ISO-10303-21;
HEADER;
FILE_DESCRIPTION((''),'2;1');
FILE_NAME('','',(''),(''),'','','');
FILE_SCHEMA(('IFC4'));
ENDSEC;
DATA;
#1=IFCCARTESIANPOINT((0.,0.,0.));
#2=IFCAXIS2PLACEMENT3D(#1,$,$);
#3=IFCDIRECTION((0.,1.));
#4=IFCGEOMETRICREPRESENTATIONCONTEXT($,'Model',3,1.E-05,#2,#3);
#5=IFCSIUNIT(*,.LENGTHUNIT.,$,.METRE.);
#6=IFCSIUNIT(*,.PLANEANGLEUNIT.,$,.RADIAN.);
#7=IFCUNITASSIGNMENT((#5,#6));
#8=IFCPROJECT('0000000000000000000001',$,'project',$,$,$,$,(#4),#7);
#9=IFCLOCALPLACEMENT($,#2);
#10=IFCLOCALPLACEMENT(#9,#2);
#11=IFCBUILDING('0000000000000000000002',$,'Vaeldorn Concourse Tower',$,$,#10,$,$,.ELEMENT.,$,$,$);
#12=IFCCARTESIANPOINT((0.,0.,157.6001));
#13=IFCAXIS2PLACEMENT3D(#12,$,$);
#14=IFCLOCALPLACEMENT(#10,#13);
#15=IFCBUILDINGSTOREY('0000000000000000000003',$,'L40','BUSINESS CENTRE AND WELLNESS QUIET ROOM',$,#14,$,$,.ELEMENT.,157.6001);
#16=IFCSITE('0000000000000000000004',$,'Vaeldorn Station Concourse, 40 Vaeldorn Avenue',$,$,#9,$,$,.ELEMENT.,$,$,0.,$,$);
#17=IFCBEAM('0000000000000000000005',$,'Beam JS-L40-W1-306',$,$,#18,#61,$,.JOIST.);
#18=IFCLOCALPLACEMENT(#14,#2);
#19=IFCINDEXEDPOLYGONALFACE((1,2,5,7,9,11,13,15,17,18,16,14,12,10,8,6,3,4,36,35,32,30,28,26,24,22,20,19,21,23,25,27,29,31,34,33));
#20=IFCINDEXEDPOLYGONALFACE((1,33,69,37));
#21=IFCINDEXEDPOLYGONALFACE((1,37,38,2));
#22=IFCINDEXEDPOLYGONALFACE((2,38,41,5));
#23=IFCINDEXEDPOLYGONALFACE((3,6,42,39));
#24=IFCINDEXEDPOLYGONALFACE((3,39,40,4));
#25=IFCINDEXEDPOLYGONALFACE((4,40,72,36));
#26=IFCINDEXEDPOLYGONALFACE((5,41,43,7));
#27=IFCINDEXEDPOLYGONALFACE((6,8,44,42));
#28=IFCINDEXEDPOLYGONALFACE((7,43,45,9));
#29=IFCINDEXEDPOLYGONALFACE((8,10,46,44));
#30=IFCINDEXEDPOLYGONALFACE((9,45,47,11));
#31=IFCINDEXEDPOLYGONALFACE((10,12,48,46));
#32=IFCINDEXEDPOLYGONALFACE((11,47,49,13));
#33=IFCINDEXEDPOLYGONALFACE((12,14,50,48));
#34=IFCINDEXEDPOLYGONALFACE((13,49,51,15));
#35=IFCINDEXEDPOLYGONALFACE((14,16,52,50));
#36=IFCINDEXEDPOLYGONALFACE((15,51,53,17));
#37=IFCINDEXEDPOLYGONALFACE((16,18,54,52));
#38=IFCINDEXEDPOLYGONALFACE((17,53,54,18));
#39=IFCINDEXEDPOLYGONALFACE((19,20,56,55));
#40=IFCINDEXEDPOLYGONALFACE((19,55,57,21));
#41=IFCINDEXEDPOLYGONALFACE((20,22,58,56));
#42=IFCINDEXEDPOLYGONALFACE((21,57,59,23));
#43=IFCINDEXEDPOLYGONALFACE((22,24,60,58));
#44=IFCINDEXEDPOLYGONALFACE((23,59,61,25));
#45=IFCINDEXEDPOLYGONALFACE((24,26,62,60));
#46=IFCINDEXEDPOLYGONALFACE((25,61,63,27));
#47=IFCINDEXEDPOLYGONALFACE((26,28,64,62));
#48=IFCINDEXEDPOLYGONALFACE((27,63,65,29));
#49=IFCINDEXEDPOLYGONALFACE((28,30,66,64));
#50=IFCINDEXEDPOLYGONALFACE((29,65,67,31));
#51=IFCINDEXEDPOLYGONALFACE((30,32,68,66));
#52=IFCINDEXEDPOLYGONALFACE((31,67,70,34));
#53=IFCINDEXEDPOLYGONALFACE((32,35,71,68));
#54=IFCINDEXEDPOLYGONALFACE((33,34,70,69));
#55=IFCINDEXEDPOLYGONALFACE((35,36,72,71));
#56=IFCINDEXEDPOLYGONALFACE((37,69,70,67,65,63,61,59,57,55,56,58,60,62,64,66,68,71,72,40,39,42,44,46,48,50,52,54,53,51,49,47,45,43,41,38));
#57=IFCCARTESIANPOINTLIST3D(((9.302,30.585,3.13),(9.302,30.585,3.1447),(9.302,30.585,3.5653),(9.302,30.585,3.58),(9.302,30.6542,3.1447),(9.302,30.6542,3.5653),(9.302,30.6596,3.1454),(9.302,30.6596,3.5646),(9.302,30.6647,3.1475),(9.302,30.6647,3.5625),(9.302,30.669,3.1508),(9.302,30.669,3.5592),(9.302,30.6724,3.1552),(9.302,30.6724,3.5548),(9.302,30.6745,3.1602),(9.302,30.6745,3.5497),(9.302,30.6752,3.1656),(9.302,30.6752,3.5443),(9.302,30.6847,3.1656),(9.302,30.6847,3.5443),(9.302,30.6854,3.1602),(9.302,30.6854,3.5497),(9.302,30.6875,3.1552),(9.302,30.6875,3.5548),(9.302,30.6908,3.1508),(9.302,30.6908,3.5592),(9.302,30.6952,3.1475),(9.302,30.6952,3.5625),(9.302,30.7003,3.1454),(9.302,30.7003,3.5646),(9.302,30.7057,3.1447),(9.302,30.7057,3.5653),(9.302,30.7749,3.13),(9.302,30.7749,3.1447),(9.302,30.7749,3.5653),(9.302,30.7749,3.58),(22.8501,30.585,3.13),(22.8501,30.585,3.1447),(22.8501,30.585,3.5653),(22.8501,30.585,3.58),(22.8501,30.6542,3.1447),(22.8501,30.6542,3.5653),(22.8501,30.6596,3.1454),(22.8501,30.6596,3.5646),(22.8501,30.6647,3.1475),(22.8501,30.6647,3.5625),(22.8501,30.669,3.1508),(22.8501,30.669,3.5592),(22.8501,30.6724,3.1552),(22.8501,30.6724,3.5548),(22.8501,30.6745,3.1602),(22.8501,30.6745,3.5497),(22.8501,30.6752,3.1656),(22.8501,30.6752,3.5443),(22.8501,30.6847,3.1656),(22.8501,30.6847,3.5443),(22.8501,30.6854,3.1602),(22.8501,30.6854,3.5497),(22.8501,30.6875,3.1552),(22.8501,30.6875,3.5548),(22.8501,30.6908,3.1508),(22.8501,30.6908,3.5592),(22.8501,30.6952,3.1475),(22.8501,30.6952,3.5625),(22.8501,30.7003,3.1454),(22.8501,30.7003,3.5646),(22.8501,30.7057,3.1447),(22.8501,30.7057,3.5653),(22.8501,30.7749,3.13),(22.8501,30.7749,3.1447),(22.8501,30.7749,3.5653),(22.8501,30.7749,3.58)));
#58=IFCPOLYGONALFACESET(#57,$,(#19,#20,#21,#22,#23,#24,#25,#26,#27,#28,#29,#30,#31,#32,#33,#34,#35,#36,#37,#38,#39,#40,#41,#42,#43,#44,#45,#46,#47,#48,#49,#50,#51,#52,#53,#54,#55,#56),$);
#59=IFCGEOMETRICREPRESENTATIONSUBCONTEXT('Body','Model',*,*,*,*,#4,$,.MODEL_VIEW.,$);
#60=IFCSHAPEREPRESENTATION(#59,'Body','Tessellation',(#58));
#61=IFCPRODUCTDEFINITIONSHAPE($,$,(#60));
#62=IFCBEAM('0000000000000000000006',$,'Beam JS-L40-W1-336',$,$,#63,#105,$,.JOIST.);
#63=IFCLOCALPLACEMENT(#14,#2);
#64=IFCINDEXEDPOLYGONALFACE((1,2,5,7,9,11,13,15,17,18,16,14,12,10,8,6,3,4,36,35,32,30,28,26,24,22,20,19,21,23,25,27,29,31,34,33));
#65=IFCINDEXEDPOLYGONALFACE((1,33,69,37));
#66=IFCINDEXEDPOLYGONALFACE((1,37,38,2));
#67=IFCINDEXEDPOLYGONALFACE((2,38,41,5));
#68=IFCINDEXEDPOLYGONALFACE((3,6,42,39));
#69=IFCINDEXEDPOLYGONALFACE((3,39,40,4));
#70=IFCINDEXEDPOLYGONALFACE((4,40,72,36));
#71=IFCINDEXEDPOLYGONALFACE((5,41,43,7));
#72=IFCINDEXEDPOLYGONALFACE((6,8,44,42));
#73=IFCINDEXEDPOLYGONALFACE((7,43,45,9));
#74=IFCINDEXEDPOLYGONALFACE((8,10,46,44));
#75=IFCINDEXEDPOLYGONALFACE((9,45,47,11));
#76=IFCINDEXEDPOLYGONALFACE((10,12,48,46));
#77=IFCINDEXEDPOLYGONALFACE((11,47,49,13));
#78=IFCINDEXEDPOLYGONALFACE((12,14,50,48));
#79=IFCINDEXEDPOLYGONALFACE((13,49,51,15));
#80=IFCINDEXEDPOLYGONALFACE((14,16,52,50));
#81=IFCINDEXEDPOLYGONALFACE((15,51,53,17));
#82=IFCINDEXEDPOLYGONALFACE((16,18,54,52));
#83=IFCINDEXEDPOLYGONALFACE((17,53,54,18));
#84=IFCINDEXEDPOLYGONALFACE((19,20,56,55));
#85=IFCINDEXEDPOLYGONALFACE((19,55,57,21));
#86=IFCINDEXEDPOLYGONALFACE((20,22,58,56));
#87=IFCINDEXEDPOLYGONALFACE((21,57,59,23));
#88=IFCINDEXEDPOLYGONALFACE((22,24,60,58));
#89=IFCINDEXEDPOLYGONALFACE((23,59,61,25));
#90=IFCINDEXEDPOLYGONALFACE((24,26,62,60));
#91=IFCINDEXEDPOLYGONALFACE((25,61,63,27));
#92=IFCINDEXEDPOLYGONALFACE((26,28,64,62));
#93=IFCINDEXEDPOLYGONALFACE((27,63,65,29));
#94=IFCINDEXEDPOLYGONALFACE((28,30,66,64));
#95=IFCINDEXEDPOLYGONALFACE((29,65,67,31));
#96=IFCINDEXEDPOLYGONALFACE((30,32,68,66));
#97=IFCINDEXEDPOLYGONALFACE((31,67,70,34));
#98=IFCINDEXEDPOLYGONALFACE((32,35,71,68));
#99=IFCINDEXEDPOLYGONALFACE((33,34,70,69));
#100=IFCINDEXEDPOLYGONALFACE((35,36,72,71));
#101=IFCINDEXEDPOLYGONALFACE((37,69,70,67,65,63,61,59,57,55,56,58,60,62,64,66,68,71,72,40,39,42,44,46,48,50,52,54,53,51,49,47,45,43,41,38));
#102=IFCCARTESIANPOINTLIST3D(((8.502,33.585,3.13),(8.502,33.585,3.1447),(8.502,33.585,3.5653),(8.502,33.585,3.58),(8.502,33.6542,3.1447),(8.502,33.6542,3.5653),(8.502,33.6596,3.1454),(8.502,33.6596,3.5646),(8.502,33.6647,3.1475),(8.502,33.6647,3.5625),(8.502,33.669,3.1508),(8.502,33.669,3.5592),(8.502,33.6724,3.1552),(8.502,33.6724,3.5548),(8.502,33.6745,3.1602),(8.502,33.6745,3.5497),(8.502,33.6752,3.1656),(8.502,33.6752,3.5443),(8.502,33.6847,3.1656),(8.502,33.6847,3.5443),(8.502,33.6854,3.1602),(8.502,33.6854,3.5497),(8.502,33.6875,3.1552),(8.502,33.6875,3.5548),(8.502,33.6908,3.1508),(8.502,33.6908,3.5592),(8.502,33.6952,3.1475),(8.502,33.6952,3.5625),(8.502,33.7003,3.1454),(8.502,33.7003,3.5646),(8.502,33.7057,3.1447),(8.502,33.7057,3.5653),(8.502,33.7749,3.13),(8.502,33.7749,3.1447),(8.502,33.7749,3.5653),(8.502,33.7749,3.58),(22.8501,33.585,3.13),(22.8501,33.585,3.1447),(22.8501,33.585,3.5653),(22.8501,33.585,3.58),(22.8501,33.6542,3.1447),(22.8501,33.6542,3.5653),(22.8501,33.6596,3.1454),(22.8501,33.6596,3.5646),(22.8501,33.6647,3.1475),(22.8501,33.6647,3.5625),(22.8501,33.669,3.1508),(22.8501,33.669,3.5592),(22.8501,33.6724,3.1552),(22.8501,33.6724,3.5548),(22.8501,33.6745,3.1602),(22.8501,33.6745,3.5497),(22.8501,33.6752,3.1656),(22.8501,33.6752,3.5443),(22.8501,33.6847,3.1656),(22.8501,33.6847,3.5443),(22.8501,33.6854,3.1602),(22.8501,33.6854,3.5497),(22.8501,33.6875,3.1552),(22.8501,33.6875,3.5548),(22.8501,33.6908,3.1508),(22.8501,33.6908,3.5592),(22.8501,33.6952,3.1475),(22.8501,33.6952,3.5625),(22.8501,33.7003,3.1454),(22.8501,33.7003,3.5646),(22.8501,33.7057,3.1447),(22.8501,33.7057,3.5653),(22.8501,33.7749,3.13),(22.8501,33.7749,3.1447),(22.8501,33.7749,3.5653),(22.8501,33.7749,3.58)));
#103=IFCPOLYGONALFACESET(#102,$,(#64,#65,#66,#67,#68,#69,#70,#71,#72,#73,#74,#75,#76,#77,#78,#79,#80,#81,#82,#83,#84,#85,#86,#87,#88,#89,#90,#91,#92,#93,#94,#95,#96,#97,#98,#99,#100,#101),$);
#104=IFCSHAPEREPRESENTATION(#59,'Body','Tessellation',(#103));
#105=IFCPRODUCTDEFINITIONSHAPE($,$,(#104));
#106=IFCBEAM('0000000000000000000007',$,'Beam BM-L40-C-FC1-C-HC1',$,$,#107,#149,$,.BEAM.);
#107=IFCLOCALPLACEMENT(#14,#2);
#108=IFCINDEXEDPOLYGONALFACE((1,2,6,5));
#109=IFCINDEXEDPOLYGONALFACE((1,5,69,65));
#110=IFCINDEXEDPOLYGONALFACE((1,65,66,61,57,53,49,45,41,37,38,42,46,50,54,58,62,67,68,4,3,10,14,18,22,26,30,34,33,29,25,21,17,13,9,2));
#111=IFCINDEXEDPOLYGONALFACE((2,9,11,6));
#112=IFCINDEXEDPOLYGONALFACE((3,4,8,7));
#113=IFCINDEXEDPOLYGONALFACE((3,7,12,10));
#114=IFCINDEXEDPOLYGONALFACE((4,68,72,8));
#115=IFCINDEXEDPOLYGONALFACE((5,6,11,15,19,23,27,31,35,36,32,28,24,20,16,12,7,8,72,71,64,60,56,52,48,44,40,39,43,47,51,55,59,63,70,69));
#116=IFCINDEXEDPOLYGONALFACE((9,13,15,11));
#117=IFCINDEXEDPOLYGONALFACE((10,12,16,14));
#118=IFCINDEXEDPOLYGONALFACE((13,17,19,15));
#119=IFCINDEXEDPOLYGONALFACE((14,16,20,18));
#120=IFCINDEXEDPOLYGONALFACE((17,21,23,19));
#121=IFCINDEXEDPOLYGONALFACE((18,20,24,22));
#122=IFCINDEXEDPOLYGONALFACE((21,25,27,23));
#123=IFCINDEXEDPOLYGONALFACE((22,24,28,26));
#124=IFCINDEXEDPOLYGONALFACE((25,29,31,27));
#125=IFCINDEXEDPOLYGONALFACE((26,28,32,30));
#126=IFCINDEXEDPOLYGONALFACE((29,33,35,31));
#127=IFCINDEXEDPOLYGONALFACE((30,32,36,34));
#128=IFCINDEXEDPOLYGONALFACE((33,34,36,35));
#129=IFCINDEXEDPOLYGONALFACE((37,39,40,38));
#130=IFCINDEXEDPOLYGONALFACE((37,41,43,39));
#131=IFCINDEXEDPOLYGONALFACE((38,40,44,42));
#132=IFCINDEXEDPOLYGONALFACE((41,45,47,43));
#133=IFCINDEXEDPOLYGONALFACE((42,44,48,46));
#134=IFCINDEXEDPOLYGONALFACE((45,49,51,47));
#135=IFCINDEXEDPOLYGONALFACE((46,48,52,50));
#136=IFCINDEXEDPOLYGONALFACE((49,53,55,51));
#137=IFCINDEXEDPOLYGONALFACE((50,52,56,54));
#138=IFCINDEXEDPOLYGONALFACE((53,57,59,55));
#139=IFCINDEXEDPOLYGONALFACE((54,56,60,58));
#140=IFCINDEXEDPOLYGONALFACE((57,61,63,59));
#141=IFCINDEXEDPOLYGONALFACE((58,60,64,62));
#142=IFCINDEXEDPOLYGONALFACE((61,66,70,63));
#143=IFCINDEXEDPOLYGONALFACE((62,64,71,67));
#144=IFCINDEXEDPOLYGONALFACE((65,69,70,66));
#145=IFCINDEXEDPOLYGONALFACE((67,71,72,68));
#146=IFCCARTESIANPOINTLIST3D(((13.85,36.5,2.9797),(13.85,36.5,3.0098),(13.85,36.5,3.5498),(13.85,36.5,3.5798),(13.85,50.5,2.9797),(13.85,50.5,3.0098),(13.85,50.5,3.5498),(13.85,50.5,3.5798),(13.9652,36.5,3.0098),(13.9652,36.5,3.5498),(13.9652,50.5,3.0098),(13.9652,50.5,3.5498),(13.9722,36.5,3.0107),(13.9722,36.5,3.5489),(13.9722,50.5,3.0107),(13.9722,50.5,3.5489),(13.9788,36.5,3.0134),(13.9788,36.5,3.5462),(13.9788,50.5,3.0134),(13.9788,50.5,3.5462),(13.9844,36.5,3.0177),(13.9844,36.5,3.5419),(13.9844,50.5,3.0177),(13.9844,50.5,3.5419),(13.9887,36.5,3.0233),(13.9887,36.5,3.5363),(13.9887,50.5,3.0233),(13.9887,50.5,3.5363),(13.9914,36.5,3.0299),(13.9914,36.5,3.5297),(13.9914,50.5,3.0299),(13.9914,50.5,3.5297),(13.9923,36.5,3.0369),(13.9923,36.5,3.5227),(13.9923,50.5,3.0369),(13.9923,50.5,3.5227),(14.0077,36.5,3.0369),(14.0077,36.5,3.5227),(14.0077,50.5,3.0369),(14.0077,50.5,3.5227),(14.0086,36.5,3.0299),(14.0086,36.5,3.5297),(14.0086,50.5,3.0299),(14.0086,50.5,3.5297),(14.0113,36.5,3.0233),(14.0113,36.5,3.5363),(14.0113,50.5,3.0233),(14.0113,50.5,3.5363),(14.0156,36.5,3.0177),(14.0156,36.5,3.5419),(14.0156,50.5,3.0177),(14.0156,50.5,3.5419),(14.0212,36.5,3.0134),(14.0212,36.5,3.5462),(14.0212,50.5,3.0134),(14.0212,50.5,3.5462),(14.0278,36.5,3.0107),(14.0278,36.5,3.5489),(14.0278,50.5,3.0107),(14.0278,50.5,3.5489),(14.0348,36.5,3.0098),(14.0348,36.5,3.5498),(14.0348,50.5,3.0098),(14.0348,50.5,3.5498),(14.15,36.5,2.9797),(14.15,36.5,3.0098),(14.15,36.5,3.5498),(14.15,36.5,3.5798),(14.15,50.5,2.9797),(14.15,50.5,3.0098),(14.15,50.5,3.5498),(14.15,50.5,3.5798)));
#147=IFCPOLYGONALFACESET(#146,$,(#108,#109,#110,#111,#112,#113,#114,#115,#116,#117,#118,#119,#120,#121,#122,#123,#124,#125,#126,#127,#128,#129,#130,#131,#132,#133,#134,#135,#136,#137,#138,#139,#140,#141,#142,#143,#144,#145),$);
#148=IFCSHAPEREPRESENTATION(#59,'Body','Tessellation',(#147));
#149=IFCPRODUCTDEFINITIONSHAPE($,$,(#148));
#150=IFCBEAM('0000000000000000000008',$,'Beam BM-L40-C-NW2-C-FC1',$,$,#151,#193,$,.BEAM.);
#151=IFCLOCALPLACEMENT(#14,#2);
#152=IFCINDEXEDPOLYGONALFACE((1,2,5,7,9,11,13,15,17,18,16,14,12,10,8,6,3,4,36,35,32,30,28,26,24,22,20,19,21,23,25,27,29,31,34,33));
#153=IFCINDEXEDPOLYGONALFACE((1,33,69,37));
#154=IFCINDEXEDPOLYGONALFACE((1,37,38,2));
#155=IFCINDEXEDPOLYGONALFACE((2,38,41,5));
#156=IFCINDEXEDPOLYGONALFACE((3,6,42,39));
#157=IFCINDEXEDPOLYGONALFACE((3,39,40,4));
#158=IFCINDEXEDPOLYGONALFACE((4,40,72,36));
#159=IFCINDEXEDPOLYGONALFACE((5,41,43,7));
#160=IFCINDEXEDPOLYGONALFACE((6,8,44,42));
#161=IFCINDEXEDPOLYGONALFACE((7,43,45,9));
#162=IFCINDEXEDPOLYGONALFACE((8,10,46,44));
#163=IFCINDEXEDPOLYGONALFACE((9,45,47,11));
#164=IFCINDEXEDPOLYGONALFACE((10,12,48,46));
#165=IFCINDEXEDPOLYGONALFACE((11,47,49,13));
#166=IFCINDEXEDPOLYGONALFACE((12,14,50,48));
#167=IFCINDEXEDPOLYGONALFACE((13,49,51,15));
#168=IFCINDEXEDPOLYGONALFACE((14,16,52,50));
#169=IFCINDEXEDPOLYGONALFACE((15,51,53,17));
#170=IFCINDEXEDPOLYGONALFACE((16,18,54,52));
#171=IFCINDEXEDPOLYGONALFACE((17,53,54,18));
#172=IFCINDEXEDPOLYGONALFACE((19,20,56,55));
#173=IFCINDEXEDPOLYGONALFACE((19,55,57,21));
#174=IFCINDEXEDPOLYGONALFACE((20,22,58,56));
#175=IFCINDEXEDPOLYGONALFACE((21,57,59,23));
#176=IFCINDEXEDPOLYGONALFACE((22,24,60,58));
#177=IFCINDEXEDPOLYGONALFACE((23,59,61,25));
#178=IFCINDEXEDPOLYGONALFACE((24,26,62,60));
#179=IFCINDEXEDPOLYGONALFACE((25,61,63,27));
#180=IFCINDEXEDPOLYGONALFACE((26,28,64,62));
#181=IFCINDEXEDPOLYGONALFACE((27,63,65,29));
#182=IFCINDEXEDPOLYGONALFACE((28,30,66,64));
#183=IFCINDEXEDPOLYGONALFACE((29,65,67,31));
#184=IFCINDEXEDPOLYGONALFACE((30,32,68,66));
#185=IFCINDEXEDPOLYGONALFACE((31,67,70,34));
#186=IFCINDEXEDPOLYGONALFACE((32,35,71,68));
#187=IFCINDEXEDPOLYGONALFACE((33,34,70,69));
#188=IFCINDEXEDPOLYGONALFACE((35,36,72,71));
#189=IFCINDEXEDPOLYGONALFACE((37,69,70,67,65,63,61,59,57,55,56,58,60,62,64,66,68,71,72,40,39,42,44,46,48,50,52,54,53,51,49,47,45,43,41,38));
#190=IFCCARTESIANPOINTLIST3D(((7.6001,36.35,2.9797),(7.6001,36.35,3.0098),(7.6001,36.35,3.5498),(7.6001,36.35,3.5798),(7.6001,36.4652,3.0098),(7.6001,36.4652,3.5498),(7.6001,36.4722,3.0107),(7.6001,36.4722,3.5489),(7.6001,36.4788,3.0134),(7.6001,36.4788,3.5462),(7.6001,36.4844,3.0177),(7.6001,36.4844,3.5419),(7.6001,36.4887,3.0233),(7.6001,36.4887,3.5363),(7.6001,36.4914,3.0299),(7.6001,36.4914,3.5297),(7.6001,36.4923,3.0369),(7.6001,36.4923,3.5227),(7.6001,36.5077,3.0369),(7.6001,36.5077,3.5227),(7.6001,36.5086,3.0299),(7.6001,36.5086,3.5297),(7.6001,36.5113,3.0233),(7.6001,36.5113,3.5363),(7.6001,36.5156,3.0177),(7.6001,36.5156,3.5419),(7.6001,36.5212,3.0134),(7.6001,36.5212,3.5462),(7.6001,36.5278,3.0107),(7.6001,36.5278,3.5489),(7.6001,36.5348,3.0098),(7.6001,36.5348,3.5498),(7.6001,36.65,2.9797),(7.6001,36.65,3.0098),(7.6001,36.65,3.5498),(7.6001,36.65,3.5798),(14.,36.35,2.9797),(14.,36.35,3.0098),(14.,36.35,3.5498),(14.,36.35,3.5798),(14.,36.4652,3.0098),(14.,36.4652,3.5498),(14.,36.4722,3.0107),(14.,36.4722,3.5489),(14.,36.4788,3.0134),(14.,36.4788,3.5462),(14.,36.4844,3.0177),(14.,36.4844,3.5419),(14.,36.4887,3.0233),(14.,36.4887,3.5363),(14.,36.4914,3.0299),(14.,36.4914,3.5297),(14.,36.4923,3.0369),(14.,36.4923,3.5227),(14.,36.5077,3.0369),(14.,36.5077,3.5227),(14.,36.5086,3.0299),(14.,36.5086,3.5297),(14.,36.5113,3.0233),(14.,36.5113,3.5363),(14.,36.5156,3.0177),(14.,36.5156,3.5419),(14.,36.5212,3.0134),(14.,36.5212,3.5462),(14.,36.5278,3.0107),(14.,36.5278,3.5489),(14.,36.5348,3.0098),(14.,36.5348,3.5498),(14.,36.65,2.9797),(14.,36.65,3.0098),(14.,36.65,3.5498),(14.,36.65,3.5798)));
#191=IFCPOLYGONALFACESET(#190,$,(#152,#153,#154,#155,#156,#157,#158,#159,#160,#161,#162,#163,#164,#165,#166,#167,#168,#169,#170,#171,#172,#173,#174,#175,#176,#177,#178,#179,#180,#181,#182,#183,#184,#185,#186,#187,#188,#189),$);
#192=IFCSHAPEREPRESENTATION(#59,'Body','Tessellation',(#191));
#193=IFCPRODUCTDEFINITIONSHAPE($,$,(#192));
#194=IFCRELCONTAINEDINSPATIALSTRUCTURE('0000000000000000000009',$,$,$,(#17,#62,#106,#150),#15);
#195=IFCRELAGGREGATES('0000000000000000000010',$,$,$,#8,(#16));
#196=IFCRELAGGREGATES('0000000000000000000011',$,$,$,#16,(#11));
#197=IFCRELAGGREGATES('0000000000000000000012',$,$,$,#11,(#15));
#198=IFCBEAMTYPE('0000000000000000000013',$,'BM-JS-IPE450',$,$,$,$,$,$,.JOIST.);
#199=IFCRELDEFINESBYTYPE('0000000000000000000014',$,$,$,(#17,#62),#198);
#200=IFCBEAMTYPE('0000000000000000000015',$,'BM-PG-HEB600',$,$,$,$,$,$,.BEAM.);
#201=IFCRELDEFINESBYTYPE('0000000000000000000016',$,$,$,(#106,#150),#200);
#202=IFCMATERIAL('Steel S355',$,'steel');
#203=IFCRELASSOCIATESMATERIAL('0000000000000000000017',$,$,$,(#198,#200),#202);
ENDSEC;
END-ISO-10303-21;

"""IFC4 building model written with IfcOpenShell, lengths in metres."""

from ifc_helpers import new_model, si_unit, direction, frame, origin, origin_2d, place, context, subcontext, project, spatial, i_section, extrude, source, transform, mapped, material, material_profile, profile_set, type_object, element, save


model = new_model("IFC4")

# Units and contexts
model_context = context("Model", 3, precision=1e-05, world=origin(), true_north=direction((0.0, 1.0)))
body_context = subcontext(model_context, "Body", "Model", "MODEL_VIEW")
ifc_project = project(units=[si_unit("LENGTHUNIT", "METRE"), si_unit("PLANEANGLEUNIT", "RADIAN")], contexts=[model_context])

# Site, building, storey
site_placement = place(None, origin())
site = spatial("IfcSite", under=ifc_project, at=site_placement, Name="Vaeldorn Station Concourse, 40 Vaeldorn Avenue", CompositionType="ELEMENT", RefElevation=0.0)
building_placement = place(site_placement, origin())
building = spatial("IfcBuilding", under=site, at=building_placement, Name="Vaeldorn Concourse Tower", CompositionType="ELEMENT")
storey_placement = place(building_placement, frame((0.0, 0.0, 157.6001)))
storey = spatial("IfcBuildingStorey", under=building, at=storey_placement, Name="L40", Description="BUSINESS CENTRE AND WELLNESS QUIET ROOM", CompositionType="ELEMENT", Elevation=157.6001)

# Beams
ifc_material_1 = material(Name="Steel S355", Category="steel")
ifc_material_profile_1 = material_profile(ifc_material_1, i_section(OverallWidth=0.1899, OverallDepth=0.45, WebThickness=0.0095, FlangeThickness=0.0146, FilletRadius=0.021, at=origin_2d()), Name="IPE 450")
ifc_profile_set_1 = profile_set([ifc_material_profile_1], Name="Steel S355")
beam_type_1 = type_object("IfcBeamType", Name="BM-JS-IPE450", PredefinedType="JOIST", material=ifc_profile_set_1)
shared_shape_1 = source(origin(), body_context, "Body", "SweptSolid", [
    extrude(i_section(OverallWidth=0.1899, OverallDepth=0.45, WebThickness=0.0095, FlangeThickness=0.0146, FilletRadius=0.021, at=origin_2d()), origin(), (0.0, 0.0, 1.0), 13.5481),
])
beam_1_placement = place(storey_placement, frame((9.302, 30.6799, 3.355), z_axis=(1.0, 0.0, 0.0), x_axis=(0.0, 1.0, 0.0)))
element("IfcBeam", 1, at=beam_1_placement, inside=storey, type_object=beam_type_1, Name="Beam JS-L40-W1-306", PredefinedType="JOIST", context=body_context, shape_type="MappedRepresentation", body=[
    mapped(shared_shape_1, transform((0.0, 0.0, 0.0), scale=1.0)),
])
shared_shape_2 = source(origin(), body_context, "Body", "SweptSolid", [
    extrude(i_section(OverallWidth=0.1899, OverallDepth=0.45, WebThickness=0.0095, FlangeThickness=0.0146, FilletRadius=0.021, at=origin_2d()), origin(), (0.0, 0.0, 1.0), 14.3481),
])
beam_2_placement = place(storey_placement, frame((8.502, 33.6799, 3.355), z_axis=(1.0, 0.0, 0.0), x_axis=(0.0, 1.0, 0.0)))
element("IfcBeam", 2, at=beam_2_placement, inside=storey, type_object=beam_type_1, Name="Beam JS-L40-W1-336", PredefinedType="JOIST", context=body_context, shape_type="MappedRepresentation", body=[
    mapped(shared_shape_2, transform((0.0, 0.0, 0.0), scale=1.0)),
])
ifc_material_profile_2 = material_profile(ifc_material_1, i_section(OverallWidth=0.3, OverallDepth=0.6001, WebThickness=0.0154, FlangeThickness=0.03, FilletRadius=0.0271, at=origin_2d()), Name="HEB 600")
ifc_profile_set_2 = profile_set([ifc_material_profile_2], Name="Steel S355")
beam_type_2 = type_object("IfcBeamType", Name="BM-PG-HEB600", PredefinedType="BEAM", material=ifc_profile_set_2)
shared_shape_3 = source(origin(), body_context, "Body", "SweptSolid", [
    extrude(i_section(OverallWidth=0.3, OverallDepth=0.6001, WebThickness=0.0154, FlangeThickness=0.03, FilletRadius=0.0271, at=origin_2d()), origin(), (0.0, 0.0, 1.0), 14.0),
])
beam_3_placement = place(storey_placement, frame((14.0, 36.5, 3.2798), z_axis=(0.0, 1.0, 0.0), x_axis=(-1.0, 0.0, 0.0)))
element("IfcBeam", 3, at=beam_3_placement, inside=storey, type_object=beam_type_2, Name="Beam BM-L40-C-FC1-C-HC1", PredefinedType="BEAM", context=body_context, shape_type="MappedRepresentation", body=[
    mapped(shared_shape_3, transform((0.0, 0.0, 0.0), scale=1.0)),
])
shared_shape_4 = source(origin(), body_context, "Body", "SweptSolid", [
    extrude(i_section(OverallWidth=0.3, OverallDepth=0.6001, WebThickness=0.0154, FlangeThickness=0.03, FilletRadius=0.0271, at=origin_2d()), origin(), (0.0, 0.0, 1.0), 6.3999),
])
beam_4_placement = place(storey_placement, frame((7.6001, 36.5, 3.2798), z_axis=(1.0, 0.0, 0.0), x_axis=(0.0, 1.0, 0.0)))
element("IfcBeam", 4, at=beam_4_placement, inside=storey, type_object=beam_type_2, Name="Beam BM-L40-C-NW2-C-FC1", PredefinedType="BEAM", context=body_context, shape_type="MappedRepresentation", body=[
    mapped(shared_shape_4, transform((0.0, 0.0, 0.0), scale=1.0)),
])

save(model, "model.ifc")
